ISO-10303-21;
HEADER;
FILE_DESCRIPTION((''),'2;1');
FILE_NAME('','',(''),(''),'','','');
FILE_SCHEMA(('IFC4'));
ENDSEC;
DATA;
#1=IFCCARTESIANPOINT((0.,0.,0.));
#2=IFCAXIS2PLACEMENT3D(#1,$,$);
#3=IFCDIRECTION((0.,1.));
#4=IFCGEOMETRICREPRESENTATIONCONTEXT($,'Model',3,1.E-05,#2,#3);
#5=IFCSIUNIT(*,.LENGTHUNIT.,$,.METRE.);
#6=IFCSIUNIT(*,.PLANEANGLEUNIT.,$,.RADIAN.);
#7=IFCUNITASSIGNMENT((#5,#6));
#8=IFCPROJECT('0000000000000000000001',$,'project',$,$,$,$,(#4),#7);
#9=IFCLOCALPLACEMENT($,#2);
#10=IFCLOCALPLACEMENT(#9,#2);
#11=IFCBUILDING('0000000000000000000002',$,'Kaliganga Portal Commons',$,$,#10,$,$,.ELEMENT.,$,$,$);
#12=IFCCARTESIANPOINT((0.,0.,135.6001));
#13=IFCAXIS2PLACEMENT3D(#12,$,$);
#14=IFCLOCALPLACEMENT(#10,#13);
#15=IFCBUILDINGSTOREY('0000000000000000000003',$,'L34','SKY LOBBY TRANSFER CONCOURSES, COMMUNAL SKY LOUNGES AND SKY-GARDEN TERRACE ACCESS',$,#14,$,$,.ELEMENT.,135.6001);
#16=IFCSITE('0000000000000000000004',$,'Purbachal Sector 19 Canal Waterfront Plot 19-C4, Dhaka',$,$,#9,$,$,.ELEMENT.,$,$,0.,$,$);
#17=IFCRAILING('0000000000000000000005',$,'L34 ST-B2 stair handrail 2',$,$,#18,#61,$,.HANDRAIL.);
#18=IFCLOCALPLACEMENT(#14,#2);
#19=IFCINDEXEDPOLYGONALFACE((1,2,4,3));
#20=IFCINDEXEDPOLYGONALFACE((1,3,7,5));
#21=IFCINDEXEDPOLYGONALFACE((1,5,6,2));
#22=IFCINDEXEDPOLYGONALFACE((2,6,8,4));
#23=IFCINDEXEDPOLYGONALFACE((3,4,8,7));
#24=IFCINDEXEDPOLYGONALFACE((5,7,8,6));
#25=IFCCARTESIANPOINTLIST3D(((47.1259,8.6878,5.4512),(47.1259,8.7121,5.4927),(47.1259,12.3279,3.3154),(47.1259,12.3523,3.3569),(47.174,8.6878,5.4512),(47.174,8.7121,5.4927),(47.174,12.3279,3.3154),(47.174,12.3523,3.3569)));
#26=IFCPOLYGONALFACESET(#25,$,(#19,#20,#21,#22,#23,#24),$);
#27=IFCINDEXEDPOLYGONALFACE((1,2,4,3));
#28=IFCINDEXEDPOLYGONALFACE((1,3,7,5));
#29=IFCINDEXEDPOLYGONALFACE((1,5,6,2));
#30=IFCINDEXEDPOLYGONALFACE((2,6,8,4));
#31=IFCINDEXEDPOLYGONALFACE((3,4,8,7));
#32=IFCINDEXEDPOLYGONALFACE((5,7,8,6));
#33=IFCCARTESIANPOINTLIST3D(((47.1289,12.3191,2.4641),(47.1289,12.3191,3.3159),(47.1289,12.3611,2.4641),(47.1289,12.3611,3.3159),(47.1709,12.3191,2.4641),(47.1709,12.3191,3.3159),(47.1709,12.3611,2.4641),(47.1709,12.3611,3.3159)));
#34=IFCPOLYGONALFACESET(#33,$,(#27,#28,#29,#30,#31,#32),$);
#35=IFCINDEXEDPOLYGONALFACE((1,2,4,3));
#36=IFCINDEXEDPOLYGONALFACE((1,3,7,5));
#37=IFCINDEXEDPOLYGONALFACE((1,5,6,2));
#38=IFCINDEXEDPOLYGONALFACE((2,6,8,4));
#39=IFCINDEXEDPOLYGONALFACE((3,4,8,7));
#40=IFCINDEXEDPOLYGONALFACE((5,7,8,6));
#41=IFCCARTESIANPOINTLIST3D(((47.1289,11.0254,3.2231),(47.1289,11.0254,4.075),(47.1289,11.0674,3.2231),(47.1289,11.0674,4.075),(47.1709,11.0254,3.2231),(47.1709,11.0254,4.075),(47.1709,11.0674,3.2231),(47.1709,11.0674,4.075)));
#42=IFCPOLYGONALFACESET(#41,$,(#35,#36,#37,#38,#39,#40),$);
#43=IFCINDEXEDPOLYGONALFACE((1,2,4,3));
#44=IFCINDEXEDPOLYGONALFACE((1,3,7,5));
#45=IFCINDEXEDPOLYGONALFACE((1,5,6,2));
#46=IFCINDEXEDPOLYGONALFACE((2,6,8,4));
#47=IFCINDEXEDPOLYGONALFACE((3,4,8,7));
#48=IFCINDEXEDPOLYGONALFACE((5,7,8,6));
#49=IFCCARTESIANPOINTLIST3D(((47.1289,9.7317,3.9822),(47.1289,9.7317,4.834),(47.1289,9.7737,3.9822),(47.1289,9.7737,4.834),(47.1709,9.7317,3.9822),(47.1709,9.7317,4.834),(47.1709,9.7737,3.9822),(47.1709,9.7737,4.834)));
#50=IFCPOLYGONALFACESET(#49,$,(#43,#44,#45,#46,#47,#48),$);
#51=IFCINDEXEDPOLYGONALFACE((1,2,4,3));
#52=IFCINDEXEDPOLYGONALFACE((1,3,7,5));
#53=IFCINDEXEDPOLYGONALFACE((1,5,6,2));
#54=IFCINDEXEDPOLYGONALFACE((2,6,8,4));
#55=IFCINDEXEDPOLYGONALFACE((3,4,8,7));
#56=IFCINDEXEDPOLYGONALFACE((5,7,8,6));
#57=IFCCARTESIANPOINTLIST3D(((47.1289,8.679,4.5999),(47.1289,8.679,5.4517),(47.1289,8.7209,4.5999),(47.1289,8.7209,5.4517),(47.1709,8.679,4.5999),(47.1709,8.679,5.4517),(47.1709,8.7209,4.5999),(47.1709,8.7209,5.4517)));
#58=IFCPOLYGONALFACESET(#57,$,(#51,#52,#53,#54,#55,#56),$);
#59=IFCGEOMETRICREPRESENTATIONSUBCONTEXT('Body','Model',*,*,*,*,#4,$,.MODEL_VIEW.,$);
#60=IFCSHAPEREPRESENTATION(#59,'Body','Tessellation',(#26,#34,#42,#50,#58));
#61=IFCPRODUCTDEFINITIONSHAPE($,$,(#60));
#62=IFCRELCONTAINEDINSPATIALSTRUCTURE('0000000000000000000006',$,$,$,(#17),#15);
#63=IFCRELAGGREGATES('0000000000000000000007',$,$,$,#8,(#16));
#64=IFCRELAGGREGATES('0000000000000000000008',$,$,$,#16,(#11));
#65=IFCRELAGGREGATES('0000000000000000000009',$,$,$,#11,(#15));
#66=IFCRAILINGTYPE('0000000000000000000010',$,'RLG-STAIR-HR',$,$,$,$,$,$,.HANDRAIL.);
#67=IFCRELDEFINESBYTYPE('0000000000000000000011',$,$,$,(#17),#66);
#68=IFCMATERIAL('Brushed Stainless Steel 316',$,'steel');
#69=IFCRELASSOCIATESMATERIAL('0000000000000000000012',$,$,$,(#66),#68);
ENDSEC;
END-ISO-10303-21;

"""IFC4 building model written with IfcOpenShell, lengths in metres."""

from ifc_helpers import new_model, si_unit, direction, frame, origin, origin_2d, place, context, subcontext, project, spatial, rectangle, extrude, material, type_object, element, save


model = new_model("IFC4")

# Units and contexts
model_context = context("Model", 3, precision=1e-05, world=origin(), true_north=direction((0.0, 1.0)))
body_context = subcontext(model_context, "Body", "Model", "MODEL_VIEW")
ifc_project = project(units=[si_unit("LENGTHUNIT", "METRE"), si_unit("PLANEANGLEUNIT", "RADIAN")], contexts=[model_context])

# Site, building, storey
site_placement = place(None, origin())
site = spatial("IfcSite", under=ifc_project, at=site_placement, Name="Purbachal Sector 19 Canal Waterfront Plot 19-C4, Dhaka", CompositionType="ELEMENT", RefElevation=0.0)
building_placement = place(site_placement, origin())
building = spatial("IfcBuilding", under=site, at=building_placement, Name="Kaliganga Portal Commons", CompositionType="ELEMENT")
storey_placement = place(building_placement, frame((0.0, 0.0, 135.6001)))
storey = spatial("IfcBuildingStorey", under=building, at=storey_placement, Name="L34", Description="SKY LOBBY TRANSFER CONCOURSES, COMMUNAL SKY LOUNGES AND SKY-GARDEN TERRACE ACCESS", CompositionType="ELEMENT", Elevation=135.6001)

# Railing
ifc_material_1 = material(Name="Brushed Stainless Steel 316", Category="steel")
railing_type_1 = type_object("IfcRailingType", Name="RLG-STAIR-HR", PredefinedType="HANDRAIL", material=ifc_material_1)
railing_1_placement = place(storey_placement, frame((47.1499, 12.3401, 2.4641)))
element("IfcRailing", 1, at=railing_1_placement, inside=storey, type_object=railing_type_1, Name="L34 ST-B2 stair handrail 2", PredefinedType="HANDRAIL", context=body_context, shape_type="SweptSolid", body=[
    extrude(rectangle(XDim=0.0481, YDim=0.0481, at=origin_2d()), frame((0.0, 0.0, 0.8721), z_axis=(0.0, -0.862505, 0.506049), x_axis=(1.0, 0.0, 0.0)), (0.0, 0.0, 1.0), 4.2205),
    extrude(rectangle(XDim=0.042, YDim=0.042, at=origin_2d()), origin(), (0.0, 0.0, 1.0), 0.8518),
    extrude(rectangle(XDim=0.042, YDim=0.042, at=origin_2d()), frame((0.0, -1.2937, 0.759)), (0.0, 0.0, 1.0), 0.8518),
    extrude(rectangle(XDim=0.042, YDim=0.042, at=origin_2d()), frame((0.0, -2.5874, 1.5181)), (0.0, 0.0, 1.0), 0.8518),
    extrude(rectangle(XDim=0.042, YDim=0.042, at=origin_2d()), frame((0.0, -3.6401, 2.1357)), (0.0, 0.0, 1.0), 0.8518),
])

save(model, "model.ifc")
